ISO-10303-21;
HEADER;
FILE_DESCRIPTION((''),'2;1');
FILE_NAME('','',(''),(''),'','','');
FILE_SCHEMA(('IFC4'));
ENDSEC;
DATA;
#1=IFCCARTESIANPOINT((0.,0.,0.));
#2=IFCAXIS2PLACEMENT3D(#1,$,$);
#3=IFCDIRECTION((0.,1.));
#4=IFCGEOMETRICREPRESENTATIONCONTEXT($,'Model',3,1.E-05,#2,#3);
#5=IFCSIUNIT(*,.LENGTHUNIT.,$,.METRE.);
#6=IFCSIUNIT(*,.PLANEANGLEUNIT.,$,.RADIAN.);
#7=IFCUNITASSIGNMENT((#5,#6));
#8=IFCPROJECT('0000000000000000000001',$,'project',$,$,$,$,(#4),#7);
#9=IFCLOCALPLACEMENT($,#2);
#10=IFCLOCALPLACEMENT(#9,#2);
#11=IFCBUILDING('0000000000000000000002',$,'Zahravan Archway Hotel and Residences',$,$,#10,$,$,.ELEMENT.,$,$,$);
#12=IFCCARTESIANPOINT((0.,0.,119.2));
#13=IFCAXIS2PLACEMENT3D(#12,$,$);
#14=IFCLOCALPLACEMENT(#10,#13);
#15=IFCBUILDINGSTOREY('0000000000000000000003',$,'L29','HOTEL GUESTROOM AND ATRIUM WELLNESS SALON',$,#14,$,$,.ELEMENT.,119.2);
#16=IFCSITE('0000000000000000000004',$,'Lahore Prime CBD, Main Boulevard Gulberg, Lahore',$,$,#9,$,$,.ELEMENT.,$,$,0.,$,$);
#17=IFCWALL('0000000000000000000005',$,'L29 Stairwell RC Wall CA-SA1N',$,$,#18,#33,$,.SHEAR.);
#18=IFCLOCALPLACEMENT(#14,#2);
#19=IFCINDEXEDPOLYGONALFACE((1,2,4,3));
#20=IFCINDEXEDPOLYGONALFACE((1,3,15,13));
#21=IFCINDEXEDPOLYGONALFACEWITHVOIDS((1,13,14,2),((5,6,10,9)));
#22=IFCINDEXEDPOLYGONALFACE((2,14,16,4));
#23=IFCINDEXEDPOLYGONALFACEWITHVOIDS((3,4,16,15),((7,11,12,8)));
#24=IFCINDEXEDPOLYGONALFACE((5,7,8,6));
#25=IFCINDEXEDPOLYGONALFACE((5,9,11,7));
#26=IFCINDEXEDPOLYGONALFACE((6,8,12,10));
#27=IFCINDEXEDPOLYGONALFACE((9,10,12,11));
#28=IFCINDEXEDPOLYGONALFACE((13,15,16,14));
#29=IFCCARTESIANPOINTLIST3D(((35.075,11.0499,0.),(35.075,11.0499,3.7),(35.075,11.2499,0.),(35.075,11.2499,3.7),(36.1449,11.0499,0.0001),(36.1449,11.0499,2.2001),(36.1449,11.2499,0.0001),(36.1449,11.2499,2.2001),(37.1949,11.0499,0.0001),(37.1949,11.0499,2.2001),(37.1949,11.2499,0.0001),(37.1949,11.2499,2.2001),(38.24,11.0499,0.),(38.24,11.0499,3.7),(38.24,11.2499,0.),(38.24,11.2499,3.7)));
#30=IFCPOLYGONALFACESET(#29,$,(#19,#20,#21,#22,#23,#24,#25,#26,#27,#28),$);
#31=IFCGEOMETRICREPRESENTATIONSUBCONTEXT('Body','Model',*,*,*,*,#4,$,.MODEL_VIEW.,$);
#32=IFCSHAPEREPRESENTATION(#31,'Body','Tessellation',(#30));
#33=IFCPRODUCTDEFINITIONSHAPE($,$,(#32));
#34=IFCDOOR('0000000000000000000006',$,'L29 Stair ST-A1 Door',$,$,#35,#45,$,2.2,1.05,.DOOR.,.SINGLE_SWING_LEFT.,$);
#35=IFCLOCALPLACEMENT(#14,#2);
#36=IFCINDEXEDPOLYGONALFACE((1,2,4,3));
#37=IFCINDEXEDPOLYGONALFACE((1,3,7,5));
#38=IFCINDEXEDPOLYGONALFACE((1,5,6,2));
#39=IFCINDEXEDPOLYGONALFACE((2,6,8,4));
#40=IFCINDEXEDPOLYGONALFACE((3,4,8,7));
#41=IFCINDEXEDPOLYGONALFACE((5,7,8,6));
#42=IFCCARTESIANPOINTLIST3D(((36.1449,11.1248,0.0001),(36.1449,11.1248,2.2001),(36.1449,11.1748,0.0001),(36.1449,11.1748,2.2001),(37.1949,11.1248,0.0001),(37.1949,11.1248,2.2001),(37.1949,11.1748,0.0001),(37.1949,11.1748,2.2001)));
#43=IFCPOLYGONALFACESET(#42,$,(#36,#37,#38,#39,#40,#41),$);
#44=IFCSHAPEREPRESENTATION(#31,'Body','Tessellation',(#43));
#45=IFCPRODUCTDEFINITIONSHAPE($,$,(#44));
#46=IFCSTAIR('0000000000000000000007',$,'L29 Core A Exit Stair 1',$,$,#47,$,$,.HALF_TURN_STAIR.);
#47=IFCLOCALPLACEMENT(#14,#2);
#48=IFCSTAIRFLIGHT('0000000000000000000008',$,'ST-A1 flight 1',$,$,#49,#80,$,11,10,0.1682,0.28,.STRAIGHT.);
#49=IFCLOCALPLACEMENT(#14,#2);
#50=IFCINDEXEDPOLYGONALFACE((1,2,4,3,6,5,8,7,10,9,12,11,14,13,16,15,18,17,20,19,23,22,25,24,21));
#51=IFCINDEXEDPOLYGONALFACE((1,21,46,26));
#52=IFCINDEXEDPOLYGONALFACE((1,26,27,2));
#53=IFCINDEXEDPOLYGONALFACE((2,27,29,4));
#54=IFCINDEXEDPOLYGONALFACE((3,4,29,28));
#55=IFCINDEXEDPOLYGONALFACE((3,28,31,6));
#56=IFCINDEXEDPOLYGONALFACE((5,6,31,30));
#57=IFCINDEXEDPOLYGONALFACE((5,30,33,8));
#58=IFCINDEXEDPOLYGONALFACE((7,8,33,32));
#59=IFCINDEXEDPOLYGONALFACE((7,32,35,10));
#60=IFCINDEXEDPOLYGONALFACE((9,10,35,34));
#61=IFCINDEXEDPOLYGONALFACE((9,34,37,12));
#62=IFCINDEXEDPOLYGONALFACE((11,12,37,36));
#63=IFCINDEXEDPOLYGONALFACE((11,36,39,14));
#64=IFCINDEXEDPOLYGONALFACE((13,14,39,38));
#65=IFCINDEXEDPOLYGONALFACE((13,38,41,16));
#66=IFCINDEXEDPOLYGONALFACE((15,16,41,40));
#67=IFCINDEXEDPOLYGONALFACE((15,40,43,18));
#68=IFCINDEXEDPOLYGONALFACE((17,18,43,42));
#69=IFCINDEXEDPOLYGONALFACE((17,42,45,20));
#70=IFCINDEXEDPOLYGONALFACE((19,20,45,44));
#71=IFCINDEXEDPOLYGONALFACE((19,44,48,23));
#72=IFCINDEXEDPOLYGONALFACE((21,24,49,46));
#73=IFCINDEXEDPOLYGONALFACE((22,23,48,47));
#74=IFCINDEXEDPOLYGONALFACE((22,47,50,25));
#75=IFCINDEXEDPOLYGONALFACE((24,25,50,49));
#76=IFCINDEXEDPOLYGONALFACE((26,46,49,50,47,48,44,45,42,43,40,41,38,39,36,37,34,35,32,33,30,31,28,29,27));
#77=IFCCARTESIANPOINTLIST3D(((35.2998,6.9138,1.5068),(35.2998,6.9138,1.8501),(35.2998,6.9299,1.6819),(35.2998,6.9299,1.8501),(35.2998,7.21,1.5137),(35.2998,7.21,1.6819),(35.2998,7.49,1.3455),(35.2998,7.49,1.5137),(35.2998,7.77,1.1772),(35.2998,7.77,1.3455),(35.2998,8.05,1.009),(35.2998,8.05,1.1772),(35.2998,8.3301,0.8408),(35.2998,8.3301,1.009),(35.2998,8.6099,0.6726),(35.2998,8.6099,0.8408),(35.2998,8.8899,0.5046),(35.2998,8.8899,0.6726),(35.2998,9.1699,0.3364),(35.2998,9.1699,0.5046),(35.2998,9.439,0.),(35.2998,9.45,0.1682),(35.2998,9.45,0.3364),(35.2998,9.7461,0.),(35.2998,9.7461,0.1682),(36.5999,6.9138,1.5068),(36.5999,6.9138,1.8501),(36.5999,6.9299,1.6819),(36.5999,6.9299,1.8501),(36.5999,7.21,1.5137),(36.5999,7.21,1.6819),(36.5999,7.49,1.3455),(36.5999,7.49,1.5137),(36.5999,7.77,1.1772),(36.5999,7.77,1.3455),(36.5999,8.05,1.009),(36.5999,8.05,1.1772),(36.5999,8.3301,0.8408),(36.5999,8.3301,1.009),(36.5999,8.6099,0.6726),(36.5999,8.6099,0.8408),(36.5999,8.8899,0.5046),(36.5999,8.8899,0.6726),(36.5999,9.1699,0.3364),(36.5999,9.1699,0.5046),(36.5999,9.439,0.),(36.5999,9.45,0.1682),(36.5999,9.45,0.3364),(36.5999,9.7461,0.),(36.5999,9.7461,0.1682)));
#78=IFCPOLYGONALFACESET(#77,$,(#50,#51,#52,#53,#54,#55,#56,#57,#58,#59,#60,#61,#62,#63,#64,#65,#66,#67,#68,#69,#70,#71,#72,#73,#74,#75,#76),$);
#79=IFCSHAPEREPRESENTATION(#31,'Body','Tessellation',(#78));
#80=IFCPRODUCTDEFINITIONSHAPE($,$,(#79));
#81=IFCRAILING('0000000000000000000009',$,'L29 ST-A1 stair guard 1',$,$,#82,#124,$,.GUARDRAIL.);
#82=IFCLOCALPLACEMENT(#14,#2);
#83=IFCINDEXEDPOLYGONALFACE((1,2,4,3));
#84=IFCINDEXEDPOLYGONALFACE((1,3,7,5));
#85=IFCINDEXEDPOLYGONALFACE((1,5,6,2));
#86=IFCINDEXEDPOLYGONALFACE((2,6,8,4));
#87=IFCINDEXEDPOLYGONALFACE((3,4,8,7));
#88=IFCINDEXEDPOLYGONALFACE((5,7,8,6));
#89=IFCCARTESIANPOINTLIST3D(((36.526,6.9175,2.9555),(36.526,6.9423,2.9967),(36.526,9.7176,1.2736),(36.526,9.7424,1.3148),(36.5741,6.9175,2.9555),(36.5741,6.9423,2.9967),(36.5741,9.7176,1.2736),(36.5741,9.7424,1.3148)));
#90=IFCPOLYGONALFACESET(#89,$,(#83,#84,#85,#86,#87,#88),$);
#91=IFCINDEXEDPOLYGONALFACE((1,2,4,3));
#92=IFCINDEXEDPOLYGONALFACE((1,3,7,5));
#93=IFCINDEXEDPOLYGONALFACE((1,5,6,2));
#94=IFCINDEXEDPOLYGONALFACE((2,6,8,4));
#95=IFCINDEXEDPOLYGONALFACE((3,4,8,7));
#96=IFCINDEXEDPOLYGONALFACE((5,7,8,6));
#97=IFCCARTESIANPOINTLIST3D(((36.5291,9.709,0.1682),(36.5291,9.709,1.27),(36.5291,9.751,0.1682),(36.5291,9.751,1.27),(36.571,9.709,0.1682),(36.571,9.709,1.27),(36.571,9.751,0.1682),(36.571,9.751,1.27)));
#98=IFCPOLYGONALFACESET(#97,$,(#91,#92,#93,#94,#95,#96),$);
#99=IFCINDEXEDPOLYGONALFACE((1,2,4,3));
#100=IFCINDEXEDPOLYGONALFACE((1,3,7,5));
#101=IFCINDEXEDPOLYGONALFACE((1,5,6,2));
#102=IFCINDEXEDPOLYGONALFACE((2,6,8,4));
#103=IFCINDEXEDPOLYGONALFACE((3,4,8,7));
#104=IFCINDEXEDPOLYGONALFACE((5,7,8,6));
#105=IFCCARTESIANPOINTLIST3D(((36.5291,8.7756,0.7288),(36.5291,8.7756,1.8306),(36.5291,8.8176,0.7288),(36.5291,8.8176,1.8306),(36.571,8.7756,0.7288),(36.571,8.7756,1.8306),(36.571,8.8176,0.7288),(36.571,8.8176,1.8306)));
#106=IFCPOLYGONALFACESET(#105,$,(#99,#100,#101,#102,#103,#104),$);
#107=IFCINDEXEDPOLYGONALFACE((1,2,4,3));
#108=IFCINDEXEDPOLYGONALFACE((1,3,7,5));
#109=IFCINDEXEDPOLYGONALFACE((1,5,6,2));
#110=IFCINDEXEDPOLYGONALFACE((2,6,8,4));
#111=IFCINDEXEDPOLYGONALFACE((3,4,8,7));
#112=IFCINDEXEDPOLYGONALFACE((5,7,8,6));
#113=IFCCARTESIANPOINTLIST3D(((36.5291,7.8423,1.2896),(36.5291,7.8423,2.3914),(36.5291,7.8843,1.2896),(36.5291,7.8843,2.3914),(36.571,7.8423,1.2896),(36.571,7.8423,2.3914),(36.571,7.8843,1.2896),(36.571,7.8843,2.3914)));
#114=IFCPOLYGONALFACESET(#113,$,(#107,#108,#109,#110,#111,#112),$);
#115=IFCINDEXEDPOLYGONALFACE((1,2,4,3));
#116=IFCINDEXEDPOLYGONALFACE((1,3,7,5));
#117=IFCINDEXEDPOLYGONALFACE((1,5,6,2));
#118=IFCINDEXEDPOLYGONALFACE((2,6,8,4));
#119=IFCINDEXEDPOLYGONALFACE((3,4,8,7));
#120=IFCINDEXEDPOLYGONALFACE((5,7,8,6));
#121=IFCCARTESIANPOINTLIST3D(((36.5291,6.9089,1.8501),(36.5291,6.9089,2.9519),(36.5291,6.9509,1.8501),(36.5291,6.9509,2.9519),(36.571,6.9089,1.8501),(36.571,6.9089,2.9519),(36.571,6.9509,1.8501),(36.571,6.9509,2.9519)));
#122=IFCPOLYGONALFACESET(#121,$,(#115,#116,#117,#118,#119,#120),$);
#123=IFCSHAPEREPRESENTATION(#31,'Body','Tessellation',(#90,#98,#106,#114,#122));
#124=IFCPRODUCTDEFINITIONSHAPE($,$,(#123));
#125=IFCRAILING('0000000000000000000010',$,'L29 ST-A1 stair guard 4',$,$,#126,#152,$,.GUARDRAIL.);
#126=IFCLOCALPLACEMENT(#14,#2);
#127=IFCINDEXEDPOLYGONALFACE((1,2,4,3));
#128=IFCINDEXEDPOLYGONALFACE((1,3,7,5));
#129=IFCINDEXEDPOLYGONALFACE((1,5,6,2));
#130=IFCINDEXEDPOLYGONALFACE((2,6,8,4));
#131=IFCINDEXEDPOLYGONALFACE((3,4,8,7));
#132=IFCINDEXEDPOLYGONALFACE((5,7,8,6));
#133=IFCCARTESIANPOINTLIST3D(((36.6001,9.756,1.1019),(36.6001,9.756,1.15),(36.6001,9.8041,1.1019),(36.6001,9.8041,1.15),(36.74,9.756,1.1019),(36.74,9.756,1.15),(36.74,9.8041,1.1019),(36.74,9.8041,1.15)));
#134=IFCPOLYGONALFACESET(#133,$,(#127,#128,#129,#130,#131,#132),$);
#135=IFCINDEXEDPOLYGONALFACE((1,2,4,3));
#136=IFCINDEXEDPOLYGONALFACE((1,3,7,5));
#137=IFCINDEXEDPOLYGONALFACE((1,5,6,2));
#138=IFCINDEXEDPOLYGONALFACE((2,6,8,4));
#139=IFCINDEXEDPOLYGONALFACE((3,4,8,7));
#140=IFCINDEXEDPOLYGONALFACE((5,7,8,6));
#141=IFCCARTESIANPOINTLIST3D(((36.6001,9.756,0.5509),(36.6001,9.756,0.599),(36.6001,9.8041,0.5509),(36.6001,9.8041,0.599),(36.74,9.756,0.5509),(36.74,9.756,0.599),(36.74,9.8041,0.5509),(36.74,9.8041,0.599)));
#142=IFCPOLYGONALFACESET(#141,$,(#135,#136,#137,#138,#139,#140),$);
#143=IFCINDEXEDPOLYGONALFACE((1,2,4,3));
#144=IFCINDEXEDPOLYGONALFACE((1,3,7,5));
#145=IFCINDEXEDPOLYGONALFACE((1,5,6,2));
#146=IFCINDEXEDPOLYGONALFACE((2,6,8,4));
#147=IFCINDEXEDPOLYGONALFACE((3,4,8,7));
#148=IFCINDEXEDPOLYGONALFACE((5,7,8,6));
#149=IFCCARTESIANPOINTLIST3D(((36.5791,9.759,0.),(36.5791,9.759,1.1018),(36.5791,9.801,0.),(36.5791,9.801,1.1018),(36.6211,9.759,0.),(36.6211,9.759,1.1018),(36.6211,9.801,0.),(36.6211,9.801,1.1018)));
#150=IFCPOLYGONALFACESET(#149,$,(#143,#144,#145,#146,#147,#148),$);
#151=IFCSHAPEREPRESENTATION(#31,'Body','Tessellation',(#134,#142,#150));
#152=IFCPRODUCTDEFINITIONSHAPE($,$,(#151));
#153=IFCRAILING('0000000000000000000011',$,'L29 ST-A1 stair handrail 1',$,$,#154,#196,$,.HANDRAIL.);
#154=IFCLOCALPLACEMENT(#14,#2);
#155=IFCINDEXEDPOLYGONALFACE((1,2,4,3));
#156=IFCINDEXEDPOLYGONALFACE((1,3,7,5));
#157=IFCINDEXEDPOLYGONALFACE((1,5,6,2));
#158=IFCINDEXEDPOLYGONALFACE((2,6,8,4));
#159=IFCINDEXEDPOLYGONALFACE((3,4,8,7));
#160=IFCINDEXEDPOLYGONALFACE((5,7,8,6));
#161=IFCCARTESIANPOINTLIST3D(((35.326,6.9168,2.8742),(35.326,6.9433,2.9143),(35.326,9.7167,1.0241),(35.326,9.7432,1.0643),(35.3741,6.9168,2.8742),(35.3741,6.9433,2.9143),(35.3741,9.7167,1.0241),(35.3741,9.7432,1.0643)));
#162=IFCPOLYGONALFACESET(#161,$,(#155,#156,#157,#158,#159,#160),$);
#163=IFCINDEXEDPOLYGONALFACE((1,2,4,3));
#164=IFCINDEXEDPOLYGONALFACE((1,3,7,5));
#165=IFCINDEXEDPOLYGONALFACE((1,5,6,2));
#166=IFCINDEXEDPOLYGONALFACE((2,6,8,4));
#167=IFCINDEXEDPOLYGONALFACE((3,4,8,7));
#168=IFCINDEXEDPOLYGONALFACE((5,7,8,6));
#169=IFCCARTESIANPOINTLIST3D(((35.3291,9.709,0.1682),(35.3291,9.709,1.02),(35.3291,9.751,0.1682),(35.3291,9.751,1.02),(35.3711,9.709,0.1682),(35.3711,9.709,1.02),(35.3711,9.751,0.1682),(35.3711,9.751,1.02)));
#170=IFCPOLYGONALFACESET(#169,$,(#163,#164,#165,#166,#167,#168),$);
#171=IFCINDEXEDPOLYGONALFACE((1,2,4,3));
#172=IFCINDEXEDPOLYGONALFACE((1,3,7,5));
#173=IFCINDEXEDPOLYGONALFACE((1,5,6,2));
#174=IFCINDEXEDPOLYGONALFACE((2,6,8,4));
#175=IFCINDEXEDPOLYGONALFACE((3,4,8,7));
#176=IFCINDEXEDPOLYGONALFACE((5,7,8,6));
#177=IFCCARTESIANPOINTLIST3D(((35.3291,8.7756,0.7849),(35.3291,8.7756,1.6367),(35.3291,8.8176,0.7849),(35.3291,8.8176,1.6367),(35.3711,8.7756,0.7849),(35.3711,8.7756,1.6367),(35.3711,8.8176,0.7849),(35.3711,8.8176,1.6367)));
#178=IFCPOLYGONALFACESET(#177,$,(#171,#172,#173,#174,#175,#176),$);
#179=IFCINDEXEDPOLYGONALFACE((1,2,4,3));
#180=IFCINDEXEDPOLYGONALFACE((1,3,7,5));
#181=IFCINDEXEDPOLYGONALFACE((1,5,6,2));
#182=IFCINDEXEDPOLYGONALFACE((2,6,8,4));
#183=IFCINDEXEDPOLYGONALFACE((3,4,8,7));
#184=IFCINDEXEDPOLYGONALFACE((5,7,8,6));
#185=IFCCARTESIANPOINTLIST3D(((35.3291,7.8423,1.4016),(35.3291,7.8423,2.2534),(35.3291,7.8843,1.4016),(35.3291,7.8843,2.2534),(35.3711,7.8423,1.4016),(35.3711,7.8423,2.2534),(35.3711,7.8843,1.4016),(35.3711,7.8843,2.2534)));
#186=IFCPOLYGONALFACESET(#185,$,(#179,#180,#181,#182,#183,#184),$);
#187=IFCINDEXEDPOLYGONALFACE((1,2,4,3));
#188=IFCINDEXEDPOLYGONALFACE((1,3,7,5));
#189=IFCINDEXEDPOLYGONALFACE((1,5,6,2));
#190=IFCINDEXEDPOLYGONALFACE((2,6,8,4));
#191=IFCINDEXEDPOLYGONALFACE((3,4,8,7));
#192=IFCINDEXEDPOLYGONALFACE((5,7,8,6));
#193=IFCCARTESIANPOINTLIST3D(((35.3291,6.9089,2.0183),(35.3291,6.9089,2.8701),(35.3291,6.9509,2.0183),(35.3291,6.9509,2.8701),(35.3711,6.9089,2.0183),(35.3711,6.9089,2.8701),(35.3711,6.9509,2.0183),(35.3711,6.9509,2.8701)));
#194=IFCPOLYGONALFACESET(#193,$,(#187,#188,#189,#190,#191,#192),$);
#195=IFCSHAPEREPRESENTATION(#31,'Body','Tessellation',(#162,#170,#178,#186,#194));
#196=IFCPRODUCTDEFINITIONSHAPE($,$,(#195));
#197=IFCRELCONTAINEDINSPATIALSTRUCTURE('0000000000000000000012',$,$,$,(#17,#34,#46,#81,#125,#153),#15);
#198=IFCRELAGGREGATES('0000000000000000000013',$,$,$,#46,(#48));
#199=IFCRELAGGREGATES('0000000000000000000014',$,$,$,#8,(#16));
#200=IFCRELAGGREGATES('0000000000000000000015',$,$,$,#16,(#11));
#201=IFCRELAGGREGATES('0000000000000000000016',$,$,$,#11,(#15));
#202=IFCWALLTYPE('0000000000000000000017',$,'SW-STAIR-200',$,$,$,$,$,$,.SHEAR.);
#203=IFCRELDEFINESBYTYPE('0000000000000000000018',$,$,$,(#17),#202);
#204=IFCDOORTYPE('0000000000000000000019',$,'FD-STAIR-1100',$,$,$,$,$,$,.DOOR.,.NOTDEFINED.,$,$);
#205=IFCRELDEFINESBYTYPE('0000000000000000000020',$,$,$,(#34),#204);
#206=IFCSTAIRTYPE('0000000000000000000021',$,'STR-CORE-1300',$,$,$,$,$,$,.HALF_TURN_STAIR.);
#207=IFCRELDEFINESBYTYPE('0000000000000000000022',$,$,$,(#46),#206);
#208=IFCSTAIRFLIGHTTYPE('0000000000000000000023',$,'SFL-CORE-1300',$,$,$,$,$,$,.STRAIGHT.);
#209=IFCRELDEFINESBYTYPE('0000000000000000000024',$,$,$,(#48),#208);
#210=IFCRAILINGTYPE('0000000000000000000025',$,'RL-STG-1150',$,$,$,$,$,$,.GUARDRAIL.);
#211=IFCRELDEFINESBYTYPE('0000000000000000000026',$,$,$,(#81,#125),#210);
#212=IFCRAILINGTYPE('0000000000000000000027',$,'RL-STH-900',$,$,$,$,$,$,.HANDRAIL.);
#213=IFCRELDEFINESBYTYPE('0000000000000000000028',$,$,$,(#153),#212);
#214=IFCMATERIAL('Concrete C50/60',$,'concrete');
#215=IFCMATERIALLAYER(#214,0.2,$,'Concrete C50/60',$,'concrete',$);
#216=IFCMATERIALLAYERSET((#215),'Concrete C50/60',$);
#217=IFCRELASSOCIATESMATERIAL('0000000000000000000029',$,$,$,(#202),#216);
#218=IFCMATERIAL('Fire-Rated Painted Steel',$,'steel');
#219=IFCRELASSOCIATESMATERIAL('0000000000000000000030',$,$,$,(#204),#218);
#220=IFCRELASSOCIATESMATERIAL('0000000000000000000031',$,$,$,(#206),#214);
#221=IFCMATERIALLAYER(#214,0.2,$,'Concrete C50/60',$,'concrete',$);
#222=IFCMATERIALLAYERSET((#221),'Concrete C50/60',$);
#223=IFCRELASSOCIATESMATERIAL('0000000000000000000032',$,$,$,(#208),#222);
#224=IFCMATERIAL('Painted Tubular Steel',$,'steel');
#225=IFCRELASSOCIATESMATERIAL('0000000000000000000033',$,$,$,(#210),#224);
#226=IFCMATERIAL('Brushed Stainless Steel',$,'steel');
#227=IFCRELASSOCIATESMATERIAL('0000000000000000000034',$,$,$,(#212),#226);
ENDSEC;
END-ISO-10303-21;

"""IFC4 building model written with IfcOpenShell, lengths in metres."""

from ifc_helpers import new_model, si_unit, direction, frame, frame_2d, origin, origin_2d, place, context, subcontext, project, spatial, polyline, rectangle, outline, extrude, source, transform, mapped, material, layer, layer_set, type_object, type_shapes, element, fill, aggregate, save


model = new_model("IFC4")

# Units and contexts
model_context = context("Model", 3, precision=1e-05, world=origin(), true_north=direction((0.0, 1.0)))
body_context = subcontext(model_context, "Body", "Model", "MODEL_VIEW")
ifc_project = project(units=[si_unit("LENGTHUNIT", "METRE"), si_unit("PLANEANGLEUNIT", "RADIAN")], contexts=[model_context])

# Site, building, storey
site_placement = place(None, origin())
site = spatial("IfcSite", under=ifc_project, at=site_placement, Name="Lahore Prime CBD, Main Boulevard Gulberg, Lahore", CompositionType="ELEMENT", RefElevation=0.0)
building_placement = place(site_placement, origin())
building = spatial("IfcBuilding", under=site, at=building_placement, Name="Zahravan Archway Hotel and Residences", CompositionType="ELEMENT")
storey_placement = place(building_placement, frame((0.0, 0.0, 119.2)))
storey = spatial("IfcBuildingStorey", under=building, at=storey_placement, Name="L29", Description="HOTEL GUESTROOM AND ATRIUM WELLNESS SALON", CompositionType="ELEMENT", Elevation=119.2)

# Shared definitions
ifc_material_1 = material(Name="Fire-Rated Painted Steel", Category="steel")

# Shared definitions
ifc_material_2 = material(Name="Brushed Stainless Steel", Category="steel")

# Wall, opening, door
ifc_material_3 = material(Name="Concrete C50/60", Category="concrete")
ifc_layer_1 = layer(ifc_material_3, 0.2, Name="Concrete C50/60", Category="concrete")
ifc_layer_set_1 = layer_set([ifc_layer_1], Name="Concrete C50/60")
wall_type_1 = type_object("IfcWallType", Name="SW-STAIR-200", PredefinedType="SHEAR", material=ifc_layer_set_1)
wall_1_placement = place(storey_placement, frame((35.075, 11.1499, 0.0), z_axis=(0.0, 0.0, 1.0), x_axis=(1.0, 0.0, 0.0)))
wall_1 = element("IfcWall", 1, at=wall_1_placement, inside=storey, type_object=wall_type_1, Name="L29 Stairwell RC Wall CA-SA1N", PredefinedType="SHEAR", context=body_context, shape_type="SweptSolid", body=[
    extrude(rectangle(XDim=3.165, YDim=0.2, at=frame_2d((1.5825, 0.0))), origin(), (0.0, 0.0, 1.0), 3.7),
])
opening_1_placement = place(wall_1_placement, frame((1.0701, 0.0, 0.0)))
opening_1 = element("IfcOpeningElement", 2, at=opening_1_placement, cuts=wall_1, PredefinedType="OPENING", context=body_context, shape_type="SweptSolid", body=[
    extrude(rectangle(XDim=1.05, YDim=2.2, at=frame_2d((0.5249, 1.1001))), frame((0.0, 0.1099, 0.0), z_axis=(0.0, -1.0, 0.0), x_axis=(1.0, 0.0, 0.0)), (0.0, 0.0, 1.0), 0.22),
])
door_type_1 = type_object("IfcDoorType", Name="FD-STAIR-1100", OperationType="NOTDEFINED", PredefinedType="DOOR", material=ifc_material_1)
shared_shape_1 = source(origin(), body_context, "Body", "SweptSolid", [
    extrude(rectangle(XDim=1.05, YDim=2.2, at=frame_2d((0.5249, 1.1001))), frame((0.0, 0.0249, 0.0), z_axis=(0.0, -1.0, 0.0), x_axis=(1.0, 0.0, 0.0)), (0.0, 0.0, 1.0), 0.05),
])
type_shapes(door_type_1, [shared_shape_1])
door_1_placement = place(opening_1_placement, origin())
door_1 = element("IfcDoor", 3, at=door_1_placement, inside=storey, type_object=door_type_1, Name="L29 Stair ST-A1 Door", OperationType="SINGLE_SWING_LEFT", OverallHeight=2.2, OverallWidth=1.05, PredefinedType="DOOR", context=body_context, shape_type="MappedRepresentation", body=[
    mapped(shared_shape_1, transform((0.0, 0.0, 0.0), scale=1.0)),
])
fill(opening_1, door_1)

# Stair, stair flight
stair_type = type_object("IfcStairType", Name="STR-CORE-1300", PredefinedType="HALF_TURN_STAIR", material=ifc_material_3)
stair_placement = place(storey_placement, origin())
stair = element("IfcStair", 4, at=stair_placement, inside=storey, type_object=stair_type, Name="L29 Core A Exit Stair 1", PredefinedType="HALF_TURN_STAIR")
ifc_layer_2 = layer(ifc_material_3, 0.2, Name="Concrete C50/60", Category="concrete")
ifc_layer_set_2 = layer_set([ifc_layer_2], Name="Concrete C50/60")
stair_flight_type = type_object("IfcStairFlightType", Name="SFL-CORE-1300", PredefinedType="STRAIGHT", material=ifc_layer_set_2)
shared_shape_2 = source(origin(), body_context, "Body", "SweptSolid", [
    extrude(outline(polyline([(-0.0161, 0.0), (-0.0161, 0.1682), (0.28, 0.1682), (0.28, 0.3364), (0.5601, 0.3364), (0.5601, 0.5046), (0.8401, 0.5046), (0.8401, 0.6726), (1.1201, 0.6726), (1.1201, 0.8408), (1.3999, 0.8408), (1.3999, 1.009), (1.6799, 1.009), (1.6799, 1.1772), (1.96, 1.1772), (1.96, 1.3455), (2.24, 1.3455), (2.24, 1.5137), (2.52, 1.5137), (2.52, 1.6819), (2.8, 1.6819), (2.8, 1.8501), (2.8162, 1.8501), (2.8162, 1.5068), (0.291, 0.0), (-0.0161, 0.0)])), frame((0.0, 0.6499, 0.0), z_axis=(0.0, -1.0, 0.0), x_axis=(1.0, 0.0, 0.0)), (0.0, 0.0, 1.0), 1.3),
])
stair_flight_placement = place(storey_placement, frame((35.95, 9.73, 0.0), z_axis=(0.0, 0.0, 1.0), x_axis=(0.0, -1.0, 0.0)))
stair_flight = element("IfcStairFlight", 5, at=stair_flight_placement, type_object=stair_flight_type, Name="ST-A1 flight 1", NumberOfRisers=11, NumberOfTreads=10, PredefinedType="STRAIGHT", RiserHeight=0.1682, TreadLength=0.28, context=body_context, shape_type="MappedRepresentation", body=[
    mapped(shared_shape_2, transform((0.0, 0.0, 0.0), scale=1.0)),
])
aggregate(stair, [stair_flight])

# Railings
ifc_material_4 = material(Name="Painted Tubular Steel", Category="steel")
railing_type_1 = type_object("IfcRailingType", Name="RL-STG-1150", PredefinedType="GUARDRAIL", material=ifc_material_4)
railing_1_placement = place(storey_placement, frame((36.55, 9.73, 0.1682)))
element("IfcRailing", 6, at=railing_1_placement, inside=storey, type_object=railing_type_1, Name="L29 ST-A1 stair guard 1", PredefinedType="GUARDRAIL", context=body_context, shape_type="SweptSolid", body=[
    extrude(rectangle(XDim=0.0481, YDim=0.0481, at=origin_2d()), frame((0.0, 0.0, 1.126), z_axis=(0.0, -0.857242, 0.514913), x_axis=(1.0, 0.0, 0.0)), (0.0, 0.0, 1.0), 3.2664),
    extrude(rectangle(XDim=0.042, YDim=0.042, at=origin_2d()), origin(), (0.0, 0.0, 1.0), 1.1018),
    extrude(rectangle(XDim=0.042, YDim=0.042, at=origin_2d()), frame((0.0, -0.9333, 0.5605)), (0.0, 0.0, 1.0), 1.1018),
    extrude(rectangle(XDim=0.042, YDim=0.042, at=origin_2d()), frame((0.0, -1.8667, 1.1213)), (0.0, 0.0, 1.0), 1.1018),
    extrude(rectangle(XDim=0.042, YDim=0.042, at=origin_2d()), frame((0.0, -2.8, 1.6819)), (0.0, 0.0, 1.0), 1.1018),
])
railing_2_placement = place(storey_placement, frame((36.6001, 9.78, 0.0)))
element("IfcRailing", 7, at=railing_2_placement, inside=storey, type_object=railing_type_1, Name="L29 ST-A1 stair guard 4", PredefinedType="GUARDRAIL", context=body_context, shape_type="SweptSolid", body=[
    extrude(rectangle(XDim=0.0481, YDim=0.0481, at=origin_2d()), frame((0.0, 0.0, 1.126), z_axis=(1.0, 0.0, 0.0), x_axis=(0.0, 1.0, 0.0)), (0.0, 0.0, 1.0), 0.1399),
    extrude(rectangle(XDim=0.0481, YDim=0.0481, at=origin_2d()), frame((0.0, 0.0, 0.575), z_axis=(1.0, 0.0, 0.0), x_axis=(0.0, 1.0, 0.0)), (0.0, 0.0, 1.0), 0.1399),
    extrude(rectangle(XDim=0.042, YDim=0.042, at=origin_2d()), origin(), (0.0, 0.0, 1.0), 1.1018),
])
railing_type_2 = type_object("IfcRailingType", Name="RL-STH-900", PredefinedType="HANDRAIL", material=ifc_material_2)
railing_3_placement = place(storey_placement, frame((35.3501, 9.73, 0.1682)))
element("IfcRailing", 8, at=railing_3_placement, inside=storey, type_object=railing_type_2, Name="L29 ST-A1 stair handrail 1", PredefinedType="HANDRAIL", context=body_context, shape_type="SweptSolid", body=[
    extrude(rectangle(XDim=0.0481, YDim=0.0481, at=origin_2d()), frame((0.0, 0.0, 0.876), z_axis=(0.0, -0.834326, 0.551271), x_axis=(1.0, 0.0, 0.0)), (0.0, 0.0, 1.0), 3.356),
    extrude(rectangle(XDim=0.042, YDim=0.042, at=origin_2d()), origin(), (0.0, 0.0, 1.0), 0.8518),
    extrude(rectangle(XDim=0.042, YDim=0.042, at=origin_2d()), frame((0.0, -0.9333, 0.6167)), (0.0, 0.0, 1.0), 0.8518),
    extrude(rectangle(XDim=0.042, YDim=0.042, at=origin_2d()), frame((0.0, -1.8667, 1.2334)), (0.0, 0.0, 1.0), 0.8518),
    extrude(rectangle(XDim=0.042, YDim=0.042, at=origin_2d()), frame((0.0, -2.8, 1.8501)), (0.0, 0.0, 1.0), 0.8518),
])

save(model, "model.ifc")
